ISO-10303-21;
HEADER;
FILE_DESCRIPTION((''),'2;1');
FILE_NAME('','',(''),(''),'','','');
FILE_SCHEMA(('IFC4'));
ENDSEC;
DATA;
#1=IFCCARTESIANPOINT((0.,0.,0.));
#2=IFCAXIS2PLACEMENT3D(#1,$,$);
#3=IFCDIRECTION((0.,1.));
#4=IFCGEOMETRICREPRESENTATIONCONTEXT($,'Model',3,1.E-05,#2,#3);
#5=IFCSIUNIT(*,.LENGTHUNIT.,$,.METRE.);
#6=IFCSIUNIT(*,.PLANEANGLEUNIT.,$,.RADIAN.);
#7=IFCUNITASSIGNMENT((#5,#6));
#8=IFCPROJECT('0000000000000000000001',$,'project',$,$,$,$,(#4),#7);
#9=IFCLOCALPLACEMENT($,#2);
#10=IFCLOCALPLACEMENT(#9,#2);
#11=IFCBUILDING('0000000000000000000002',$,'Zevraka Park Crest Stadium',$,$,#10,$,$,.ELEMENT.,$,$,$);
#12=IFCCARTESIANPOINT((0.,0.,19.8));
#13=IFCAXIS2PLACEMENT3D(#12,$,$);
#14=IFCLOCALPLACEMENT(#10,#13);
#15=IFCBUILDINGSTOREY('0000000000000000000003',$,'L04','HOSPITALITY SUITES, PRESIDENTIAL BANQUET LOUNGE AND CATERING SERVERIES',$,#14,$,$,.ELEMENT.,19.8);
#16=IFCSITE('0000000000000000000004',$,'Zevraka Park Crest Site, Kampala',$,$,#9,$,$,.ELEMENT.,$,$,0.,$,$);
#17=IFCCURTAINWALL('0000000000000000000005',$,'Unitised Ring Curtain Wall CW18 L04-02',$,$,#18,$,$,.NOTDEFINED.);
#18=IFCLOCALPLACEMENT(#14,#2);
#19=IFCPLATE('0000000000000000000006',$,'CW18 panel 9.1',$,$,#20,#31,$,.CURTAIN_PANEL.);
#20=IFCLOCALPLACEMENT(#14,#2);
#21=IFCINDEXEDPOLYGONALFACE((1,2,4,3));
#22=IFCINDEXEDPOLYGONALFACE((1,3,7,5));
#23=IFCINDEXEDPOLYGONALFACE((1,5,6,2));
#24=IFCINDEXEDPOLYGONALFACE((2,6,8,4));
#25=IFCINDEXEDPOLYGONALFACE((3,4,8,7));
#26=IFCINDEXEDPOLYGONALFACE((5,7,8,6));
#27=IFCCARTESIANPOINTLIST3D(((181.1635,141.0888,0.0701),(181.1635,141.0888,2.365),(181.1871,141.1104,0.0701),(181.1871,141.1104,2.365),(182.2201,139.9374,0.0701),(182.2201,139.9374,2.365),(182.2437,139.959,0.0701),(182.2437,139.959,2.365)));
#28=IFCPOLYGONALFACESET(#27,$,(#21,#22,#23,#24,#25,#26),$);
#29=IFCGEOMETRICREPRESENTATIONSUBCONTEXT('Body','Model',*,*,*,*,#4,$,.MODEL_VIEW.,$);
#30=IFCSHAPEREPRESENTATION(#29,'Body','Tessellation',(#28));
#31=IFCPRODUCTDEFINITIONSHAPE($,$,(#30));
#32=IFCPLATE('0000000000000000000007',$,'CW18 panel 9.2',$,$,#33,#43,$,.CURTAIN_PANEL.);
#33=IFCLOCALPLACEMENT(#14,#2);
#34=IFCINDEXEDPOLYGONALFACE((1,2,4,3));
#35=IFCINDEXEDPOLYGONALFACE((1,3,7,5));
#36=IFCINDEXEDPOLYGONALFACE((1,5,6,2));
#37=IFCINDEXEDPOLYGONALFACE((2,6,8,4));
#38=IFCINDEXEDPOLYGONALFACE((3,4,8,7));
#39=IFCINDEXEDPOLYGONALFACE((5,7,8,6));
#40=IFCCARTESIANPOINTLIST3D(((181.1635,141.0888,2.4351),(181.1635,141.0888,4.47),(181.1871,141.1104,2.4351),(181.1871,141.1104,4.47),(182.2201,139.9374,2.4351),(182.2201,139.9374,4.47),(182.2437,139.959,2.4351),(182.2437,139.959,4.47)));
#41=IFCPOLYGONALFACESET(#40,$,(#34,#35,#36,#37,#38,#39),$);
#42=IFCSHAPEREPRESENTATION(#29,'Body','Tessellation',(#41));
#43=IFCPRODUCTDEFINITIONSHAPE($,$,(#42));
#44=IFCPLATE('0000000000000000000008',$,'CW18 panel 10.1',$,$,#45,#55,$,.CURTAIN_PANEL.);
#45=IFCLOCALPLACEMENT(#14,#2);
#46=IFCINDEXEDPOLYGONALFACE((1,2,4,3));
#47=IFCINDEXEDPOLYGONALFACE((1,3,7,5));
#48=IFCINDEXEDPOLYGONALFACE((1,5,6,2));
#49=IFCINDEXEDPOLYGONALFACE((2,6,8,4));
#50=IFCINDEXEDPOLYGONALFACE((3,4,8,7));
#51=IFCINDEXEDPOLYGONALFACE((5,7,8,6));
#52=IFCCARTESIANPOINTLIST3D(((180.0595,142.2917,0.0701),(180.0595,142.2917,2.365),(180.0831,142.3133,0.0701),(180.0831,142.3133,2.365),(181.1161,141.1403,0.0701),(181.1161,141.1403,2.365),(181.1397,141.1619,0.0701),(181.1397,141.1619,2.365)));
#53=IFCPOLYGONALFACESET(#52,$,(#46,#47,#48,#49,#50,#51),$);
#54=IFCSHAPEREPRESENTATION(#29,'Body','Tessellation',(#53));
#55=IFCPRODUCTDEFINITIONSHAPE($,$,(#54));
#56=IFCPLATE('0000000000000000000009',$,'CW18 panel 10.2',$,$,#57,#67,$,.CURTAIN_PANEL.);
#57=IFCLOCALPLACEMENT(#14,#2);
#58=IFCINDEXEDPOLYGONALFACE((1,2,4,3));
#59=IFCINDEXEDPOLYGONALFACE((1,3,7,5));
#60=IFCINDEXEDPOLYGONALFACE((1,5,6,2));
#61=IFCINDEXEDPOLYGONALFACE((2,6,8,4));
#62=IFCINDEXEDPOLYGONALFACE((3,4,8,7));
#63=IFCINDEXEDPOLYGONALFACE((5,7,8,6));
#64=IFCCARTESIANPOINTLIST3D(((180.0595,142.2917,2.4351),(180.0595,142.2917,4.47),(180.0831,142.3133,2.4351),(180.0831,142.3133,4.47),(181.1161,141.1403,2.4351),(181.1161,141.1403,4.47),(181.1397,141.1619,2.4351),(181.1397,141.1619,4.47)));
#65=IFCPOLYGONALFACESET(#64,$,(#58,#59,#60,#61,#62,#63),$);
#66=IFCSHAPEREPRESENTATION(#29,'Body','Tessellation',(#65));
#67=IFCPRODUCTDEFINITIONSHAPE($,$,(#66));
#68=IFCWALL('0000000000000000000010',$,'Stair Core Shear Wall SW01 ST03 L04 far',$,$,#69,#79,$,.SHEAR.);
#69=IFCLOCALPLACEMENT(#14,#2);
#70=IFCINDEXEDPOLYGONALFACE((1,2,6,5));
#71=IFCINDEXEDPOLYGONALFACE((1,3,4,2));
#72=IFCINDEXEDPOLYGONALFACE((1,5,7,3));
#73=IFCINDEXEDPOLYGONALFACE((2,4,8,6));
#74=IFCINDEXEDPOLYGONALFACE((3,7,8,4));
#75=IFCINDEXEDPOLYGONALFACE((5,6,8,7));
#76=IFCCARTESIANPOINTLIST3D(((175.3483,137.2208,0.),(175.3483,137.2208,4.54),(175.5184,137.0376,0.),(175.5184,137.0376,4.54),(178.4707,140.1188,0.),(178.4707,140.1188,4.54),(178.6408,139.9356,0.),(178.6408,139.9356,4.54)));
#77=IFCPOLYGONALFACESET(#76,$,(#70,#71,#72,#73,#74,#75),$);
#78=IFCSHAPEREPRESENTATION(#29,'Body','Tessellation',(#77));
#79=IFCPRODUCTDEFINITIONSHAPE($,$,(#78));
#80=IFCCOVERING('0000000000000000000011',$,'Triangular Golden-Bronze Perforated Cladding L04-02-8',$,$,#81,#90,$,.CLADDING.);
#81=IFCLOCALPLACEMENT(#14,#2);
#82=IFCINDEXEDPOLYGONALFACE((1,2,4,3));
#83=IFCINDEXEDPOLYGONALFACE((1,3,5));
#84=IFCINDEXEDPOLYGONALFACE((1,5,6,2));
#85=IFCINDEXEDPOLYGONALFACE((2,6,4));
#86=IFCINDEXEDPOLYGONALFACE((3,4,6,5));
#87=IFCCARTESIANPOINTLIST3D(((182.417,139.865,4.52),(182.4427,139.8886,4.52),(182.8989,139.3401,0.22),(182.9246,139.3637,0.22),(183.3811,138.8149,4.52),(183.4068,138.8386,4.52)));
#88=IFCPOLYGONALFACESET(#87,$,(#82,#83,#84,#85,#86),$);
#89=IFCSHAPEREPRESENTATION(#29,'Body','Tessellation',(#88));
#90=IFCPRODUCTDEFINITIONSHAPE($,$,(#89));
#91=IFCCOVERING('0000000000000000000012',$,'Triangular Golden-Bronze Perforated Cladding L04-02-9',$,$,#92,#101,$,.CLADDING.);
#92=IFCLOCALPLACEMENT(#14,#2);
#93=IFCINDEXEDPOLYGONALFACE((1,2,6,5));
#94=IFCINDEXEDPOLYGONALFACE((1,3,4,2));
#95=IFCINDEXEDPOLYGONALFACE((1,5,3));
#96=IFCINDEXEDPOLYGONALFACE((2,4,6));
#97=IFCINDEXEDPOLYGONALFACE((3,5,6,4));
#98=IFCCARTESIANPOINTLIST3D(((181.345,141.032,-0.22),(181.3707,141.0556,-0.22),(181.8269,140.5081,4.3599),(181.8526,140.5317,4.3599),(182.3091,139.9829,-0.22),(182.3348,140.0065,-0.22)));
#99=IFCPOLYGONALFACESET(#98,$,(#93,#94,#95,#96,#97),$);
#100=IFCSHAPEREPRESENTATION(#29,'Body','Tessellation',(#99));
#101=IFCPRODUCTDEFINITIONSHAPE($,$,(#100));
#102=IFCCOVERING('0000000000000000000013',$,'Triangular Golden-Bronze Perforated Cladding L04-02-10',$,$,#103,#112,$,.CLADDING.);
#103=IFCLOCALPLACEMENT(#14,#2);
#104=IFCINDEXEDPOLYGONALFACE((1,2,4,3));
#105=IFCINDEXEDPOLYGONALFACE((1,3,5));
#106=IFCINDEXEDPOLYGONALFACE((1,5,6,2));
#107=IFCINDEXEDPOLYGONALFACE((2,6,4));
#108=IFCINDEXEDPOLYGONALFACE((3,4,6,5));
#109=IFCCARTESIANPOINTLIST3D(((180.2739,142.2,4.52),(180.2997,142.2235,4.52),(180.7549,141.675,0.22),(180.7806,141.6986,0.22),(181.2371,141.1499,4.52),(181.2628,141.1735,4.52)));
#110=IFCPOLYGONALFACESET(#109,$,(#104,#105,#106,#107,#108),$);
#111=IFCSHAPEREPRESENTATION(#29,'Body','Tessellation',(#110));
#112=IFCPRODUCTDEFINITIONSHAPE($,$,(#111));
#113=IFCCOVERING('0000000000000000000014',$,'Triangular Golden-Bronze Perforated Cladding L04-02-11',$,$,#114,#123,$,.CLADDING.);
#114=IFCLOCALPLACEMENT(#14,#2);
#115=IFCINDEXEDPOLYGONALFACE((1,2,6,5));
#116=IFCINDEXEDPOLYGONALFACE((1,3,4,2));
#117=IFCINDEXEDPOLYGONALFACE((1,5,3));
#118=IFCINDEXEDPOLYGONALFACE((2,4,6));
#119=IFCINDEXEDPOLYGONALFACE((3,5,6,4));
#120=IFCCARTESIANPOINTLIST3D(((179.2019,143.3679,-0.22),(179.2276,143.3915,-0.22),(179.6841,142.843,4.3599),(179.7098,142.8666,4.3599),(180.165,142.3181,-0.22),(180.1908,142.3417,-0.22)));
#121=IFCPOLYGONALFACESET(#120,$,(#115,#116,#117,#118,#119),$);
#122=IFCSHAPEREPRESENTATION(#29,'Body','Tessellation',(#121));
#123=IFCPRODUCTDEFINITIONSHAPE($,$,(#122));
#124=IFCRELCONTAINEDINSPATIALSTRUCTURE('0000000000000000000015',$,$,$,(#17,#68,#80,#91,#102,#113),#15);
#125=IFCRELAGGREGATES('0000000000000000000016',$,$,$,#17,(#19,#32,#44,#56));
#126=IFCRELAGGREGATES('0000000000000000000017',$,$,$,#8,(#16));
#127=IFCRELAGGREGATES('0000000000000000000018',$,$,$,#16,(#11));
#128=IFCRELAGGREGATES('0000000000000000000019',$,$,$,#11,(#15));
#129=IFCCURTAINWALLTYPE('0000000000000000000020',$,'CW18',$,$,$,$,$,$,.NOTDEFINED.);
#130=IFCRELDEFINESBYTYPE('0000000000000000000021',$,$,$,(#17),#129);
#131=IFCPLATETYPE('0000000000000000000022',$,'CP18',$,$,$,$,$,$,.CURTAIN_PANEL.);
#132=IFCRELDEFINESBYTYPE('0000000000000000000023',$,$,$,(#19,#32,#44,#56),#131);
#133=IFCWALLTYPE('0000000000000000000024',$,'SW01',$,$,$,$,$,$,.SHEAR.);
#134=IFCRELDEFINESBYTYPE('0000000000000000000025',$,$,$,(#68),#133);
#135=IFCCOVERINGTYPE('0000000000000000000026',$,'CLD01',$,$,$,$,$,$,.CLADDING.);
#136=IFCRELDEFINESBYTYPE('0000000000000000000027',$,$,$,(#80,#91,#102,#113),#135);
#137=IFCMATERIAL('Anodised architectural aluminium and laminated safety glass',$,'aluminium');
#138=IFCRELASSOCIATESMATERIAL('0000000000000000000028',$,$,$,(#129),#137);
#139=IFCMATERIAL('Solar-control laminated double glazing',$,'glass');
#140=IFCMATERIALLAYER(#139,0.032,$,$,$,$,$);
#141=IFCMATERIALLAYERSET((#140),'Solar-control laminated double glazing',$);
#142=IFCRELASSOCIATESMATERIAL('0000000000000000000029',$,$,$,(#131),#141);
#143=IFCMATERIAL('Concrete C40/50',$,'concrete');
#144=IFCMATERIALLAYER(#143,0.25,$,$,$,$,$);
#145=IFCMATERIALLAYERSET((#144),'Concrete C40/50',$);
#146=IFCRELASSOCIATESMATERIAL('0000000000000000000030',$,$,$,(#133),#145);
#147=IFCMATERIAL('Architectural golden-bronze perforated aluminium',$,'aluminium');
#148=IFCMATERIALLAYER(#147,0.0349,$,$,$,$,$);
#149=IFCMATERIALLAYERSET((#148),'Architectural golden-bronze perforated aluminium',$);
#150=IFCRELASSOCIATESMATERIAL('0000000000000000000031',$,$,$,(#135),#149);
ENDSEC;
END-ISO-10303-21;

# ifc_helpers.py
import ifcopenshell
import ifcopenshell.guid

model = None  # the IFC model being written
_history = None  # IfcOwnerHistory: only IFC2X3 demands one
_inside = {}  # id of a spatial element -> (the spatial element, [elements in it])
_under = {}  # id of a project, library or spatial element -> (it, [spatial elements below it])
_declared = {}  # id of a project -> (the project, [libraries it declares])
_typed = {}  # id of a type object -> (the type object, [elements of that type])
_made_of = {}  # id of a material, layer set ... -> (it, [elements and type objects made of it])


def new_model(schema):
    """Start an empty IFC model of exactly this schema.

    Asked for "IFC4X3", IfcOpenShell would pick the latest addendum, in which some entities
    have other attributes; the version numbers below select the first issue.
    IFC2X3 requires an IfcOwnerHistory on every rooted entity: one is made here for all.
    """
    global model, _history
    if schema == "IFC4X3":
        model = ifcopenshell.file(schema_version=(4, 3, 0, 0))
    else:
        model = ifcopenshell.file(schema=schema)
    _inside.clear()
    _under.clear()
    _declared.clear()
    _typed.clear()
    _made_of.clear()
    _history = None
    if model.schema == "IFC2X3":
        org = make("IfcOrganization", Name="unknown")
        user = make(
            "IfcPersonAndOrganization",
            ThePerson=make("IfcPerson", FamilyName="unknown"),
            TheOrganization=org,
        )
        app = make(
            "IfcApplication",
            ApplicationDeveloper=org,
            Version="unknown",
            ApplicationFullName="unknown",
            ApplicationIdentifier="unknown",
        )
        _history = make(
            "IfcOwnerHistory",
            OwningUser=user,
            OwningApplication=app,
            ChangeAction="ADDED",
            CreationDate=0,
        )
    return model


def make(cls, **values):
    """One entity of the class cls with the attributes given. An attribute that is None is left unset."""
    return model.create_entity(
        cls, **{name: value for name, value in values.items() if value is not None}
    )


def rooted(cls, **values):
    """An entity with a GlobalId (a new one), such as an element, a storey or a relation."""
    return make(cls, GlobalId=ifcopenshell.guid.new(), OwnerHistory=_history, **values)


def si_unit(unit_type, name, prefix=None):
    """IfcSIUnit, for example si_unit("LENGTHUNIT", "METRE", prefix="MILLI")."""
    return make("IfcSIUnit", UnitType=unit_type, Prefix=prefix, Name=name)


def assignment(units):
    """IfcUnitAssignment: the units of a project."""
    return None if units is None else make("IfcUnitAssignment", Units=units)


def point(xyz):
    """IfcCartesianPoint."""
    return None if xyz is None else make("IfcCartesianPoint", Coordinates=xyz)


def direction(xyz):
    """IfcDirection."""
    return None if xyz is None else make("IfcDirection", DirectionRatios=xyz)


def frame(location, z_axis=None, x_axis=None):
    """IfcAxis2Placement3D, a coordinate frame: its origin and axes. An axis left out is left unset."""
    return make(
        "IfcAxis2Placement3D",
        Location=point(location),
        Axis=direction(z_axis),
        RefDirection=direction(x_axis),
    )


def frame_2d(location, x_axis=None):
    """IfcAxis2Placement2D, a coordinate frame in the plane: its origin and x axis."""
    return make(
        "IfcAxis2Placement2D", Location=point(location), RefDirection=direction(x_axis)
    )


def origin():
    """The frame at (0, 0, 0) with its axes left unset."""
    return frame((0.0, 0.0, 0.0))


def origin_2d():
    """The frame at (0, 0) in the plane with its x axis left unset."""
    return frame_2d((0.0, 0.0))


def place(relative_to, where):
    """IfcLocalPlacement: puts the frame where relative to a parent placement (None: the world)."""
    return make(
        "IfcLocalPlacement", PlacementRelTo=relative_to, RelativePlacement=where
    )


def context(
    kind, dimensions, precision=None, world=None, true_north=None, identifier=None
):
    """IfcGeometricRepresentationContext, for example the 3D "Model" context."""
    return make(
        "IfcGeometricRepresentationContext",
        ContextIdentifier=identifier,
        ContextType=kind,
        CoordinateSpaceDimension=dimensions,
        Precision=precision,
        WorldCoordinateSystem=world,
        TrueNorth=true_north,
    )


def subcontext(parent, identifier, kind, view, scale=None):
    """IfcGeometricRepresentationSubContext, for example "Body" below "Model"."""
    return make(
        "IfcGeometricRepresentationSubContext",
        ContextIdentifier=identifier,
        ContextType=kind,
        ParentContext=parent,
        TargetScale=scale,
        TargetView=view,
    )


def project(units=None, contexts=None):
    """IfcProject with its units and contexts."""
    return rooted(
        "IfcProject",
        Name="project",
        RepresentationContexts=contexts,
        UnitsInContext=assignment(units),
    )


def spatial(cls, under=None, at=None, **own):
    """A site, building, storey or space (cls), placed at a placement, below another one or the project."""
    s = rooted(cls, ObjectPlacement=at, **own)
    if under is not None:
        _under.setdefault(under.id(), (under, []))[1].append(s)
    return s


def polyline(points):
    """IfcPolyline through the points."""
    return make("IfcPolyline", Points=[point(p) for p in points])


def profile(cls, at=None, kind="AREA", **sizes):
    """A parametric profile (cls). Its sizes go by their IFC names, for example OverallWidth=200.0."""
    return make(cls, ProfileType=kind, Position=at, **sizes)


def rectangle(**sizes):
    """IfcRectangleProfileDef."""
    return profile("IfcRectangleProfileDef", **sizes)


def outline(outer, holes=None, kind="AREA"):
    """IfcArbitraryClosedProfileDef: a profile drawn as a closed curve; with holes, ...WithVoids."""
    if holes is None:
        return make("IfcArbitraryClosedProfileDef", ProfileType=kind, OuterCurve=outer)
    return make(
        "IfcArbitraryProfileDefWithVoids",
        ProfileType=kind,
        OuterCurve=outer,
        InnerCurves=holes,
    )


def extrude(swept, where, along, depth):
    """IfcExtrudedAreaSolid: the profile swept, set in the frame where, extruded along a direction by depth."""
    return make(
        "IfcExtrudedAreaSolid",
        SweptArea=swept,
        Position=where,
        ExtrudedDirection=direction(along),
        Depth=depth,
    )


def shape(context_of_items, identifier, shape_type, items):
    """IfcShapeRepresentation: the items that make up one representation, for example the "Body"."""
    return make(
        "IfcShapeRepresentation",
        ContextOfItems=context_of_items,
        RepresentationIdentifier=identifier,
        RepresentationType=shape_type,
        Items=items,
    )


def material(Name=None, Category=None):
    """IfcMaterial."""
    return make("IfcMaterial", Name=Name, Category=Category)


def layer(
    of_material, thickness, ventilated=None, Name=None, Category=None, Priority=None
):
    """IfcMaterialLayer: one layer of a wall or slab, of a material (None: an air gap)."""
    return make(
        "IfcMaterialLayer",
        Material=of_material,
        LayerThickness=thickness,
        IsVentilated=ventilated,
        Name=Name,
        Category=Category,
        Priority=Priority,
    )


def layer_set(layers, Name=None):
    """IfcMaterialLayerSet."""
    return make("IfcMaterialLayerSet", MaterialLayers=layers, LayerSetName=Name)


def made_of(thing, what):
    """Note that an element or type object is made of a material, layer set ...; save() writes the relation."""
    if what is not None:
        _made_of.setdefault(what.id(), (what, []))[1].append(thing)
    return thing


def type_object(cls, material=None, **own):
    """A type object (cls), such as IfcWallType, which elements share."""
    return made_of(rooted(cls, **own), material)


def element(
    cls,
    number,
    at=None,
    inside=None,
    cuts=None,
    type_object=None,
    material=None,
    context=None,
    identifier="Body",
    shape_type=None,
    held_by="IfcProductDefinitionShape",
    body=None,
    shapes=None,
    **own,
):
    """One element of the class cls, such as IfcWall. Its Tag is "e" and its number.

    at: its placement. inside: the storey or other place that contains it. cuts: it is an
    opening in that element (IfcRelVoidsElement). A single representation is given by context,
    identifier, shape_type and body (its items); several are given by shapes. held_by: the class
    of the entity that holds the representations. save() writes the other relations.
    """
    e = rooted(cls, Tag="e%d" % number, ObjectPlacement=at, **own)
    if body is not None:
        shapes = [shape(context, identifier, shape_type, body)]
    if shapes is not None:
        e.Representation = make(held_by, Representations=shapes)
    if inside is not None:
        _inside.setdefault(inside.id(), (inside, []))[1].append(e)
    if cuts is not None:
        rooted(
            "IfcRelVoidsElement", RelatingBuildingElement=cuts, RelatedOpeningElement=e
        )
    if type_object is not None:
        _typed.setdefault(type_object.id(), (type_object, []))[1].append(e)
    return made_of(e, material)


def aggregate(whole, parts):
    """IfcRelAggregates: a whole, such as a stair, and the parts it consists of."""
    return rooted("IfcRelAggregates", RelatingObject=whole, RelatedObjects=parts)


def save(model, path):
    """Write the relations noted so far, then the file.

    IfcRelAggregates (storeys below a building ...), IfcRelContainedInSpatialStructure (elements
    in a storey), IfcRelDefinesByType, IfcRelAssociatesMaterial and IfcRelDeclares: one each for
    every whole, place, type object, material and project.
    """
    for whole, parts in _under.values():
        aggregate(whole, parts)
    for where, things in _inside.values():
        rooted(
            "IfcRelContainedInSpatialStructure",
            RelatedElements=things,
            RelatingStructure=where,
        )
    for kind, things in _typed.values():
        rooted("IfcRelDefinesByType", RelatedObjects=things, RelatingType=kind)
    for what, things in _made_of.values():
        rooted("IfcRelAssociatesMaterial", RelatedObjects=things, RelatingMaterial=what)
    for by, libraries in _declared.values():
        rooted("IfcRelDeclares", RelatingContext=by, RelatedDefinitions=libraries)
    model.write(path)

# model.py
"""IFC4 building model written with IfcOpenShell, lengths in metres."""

from ifc_helpers import new_model, si_unit, direction, frame, frame_2d, origin, origin_2d, place, context, subcontext, project, spatial, polyline, rectangle, outline, extrude, material, layer, layer_set, type_object, element, aggregate, save


model = new_model("IFC4")

# Units and contexts
model_context = context("Model", 3, precision=1e-05, world=origin(), true_north=direction((0.0, 1.0)))
body_context = subcontext(model_context, "Body", "Model", "MODEL_VIEW")
ifc_project = project(units=[si_unit("LENGTHUNIT", "METRE"), si_unit("PLANEANGLEUNIT", "RADIAN")], contexts=[model_context])

# Site, building, storey
site_placement = place(None, origin())
site = spatial("IfcSite", under=ifc_project, at=site_placement, Name="Zevraka Park Crest Site, Kampala", CompositionType="ELEMENT", RefElevation=0.0)
building_placement = place(site_placement, origin())
building = spatial("IfcBuilding", under=site, at=building_placement, Name="Zevraka Park Crest Stadium", CompositionType="ELEMENT")
storey_placement = place(building_placement, frame((0.0, 0.0, 19.8)))
storey = spatial("IfcBuildingStorey", under=building, at=storey_placement, Name="L04", Description="HOSPITALITY SUITES, PRESIDENTIAL BANQUET LOUNGE AND CATERING SERVERIES", CompositionType="ELEMENT", Elevation=19.8)

# Curtain wall, plates
ifc_material_1 = material(Name="Anodised architectural aluminium and laminated safety glass", Category="aluminium")
curtain_wall_type = type_object("IfcCurtainWallType", Name="CW18", PredefinedType="NOTDEFINED", material=ifc_material_1)
curtain_wall_placement = place(storey_placement, origin())
curtain_wall = element("IfcCurtainWall", 1, at=curtain_wall_placement, inside=storey, type_object=curtain_wall_type, Name="Unitised Ring Curtain Wall CW18 L04-02", PredefinedType="NOTDEFINED")
ifc_material_2 = material(Name="Solar-control laminated double glazing", Category="glass")
ifc_layer_1 = layer(ifc_material_2, 0.032)
ifc_layer_set_1 = layer_set([ifc_layer_1], Name="Solar-control laminated double glazing")
plate_type = type_object("IfcPlateType", Name="CP18", PredefinedType="CURTAIN_PANEL", material=ifc_layer_set_1)
plate_1_placement = place(storey_placement, frame((181.7036, 140.5239, 0.0701), z_axis=(0.0, 0.0, 1.0), x_axis=(-0.676138, 0.736775, 0.0)))
plate_1 = element("IfcPlate", 2, at=plate_1_placement, type_object=plate_type, Name="CW18 panel 9.1", PredefinedType="CURTAIN_PANEL", context=body_context, shape_type="SweptSolid", body=[
    extrude(rectangle(XDim=1.5627, YDim=0.032, at=origin_2d()), origin(), (0.0, 0.0, 1.0), 2.2949),
])
plate_2_placement = place(storey_placement, frame((181.7036, 140.5239, 2.4351), z_axis=(0.0, 0.0, 1.0), x_axis=(-0.676138, 0.736775, 0.0)))
plate_2 = element("IfcPlate", 3, at=plate_2_placement, type_object=plate_type, Name="CW18 panel 9.2", PredefinedType="CURTAIN_PANEL", context=body_context, shape_type="SweptSolid", body=[
    extrude(rectangle(XDim=1.5627, YDim=0.032, at=origin_2d()), origin(), (0.0, 0.0, 1.0), 2.0349),
])
plate_3_placement = place(storey_placement, frame((180.5996, 141.7268, 0.0701), z_axis=(0.0, 0.0, 1.0), x_axis=(-0.676138, 0.736775, 0.0)))
plate_3 = element("IfcPlate", 4, at=plate_3_placement, type_object=plate_type, Name="CW18 panel 10.1", PredefinedType="CURTAIN_PANEL", context=body_context, shape_type="SweptSolid", body=[
    extrude(rectangle(XDim=1.5627, YDim=0.032, at=origin_2d()), origin(), (0.0, 0.0, 1.0), 2.2949),
])
plate_4_placement = place(storey_placement, frame((180.5996, 141.7268, 2.4351), z_axis=(0.0, 0.0, 1.0), x_axis=(-0.676138, 0.736775, 0.0)))
plate_4 = element("IfcPlate", 5, at=plate_4_placement, type_object=plate_type, Name="CW18 panel 10.2", PredefinedType="CURTAIN_PANEL", context=body_context, shape_type="SweptSolid", body=[
    extrude(rectangle(XDim=1.5627, YDim=0.032, at=origin_2d()), origin(), (0.0, 0.0, 1.0), 2.0349),
])
aggregate(curtain_wall, [plate_1, plate_2, plate_3, plate_4])

# Wall
ifc_material_3 = material(Name="Concrete C40/50", Category="concrete")
ifc_layer_2 = layer(ifc_material_3, 0.25)
ifc_layer_set_2 = layer_set([ifc_layer_2], Name="Concrete C40/50")
wall_type = type_object("IfcWallType", Name="SW01", PredefinedType="SHEAR", material=ifc_layer_set_2)
wall_placement = place(storey_placement, frame((178.5557, 140.0271, 0.0), z_axis=(0.0, 0.0, 1.0), x_axis=(-0.732951, -0.680282, 0.0)))
element("IfcWall", 6, at=wall_placement, inside=storey, type_object=wall_type, Name="Stair Core Shear Wall SW01 ST03 L04 far", PredefinedType="SHEAR", context=body_context, shape_type="SweptSolid", body=[
    extrude(rectangle(XDim=4.26, YDim=0.25, at=frame_2d((2.1299, 0.0))), origin(), (0.0, 0.0, 1.0), 4.54),
])

# Coverings
ifc_material_4 = material(Name="Architectural golden-bronze perforated aluminium", Category="aluminium")
ifc_layer_3 = layer(ifc_material_4, 0.0349)
ifc_layer_set_3 = layer_set([ifc_layer_3], Name="Architectural golden-bronze perforated aluminium")
covering_type = type_object("IfcCoveringType", Name="CLD01", PredefinedType="CLADDING", material=ifc_layer_set_3)
covering_1_placement = place(storey_placement, frame((182.417, 139.865, 4.52), z_axis=(-0.736606, -0.676322, 0.000002), x_axis=(0.676322, -0.736606, 0.0)))
element("IfcCovering", 7, at=covering_1_placement, inside=storey, type_object=covering_type, Name="Triangular Golden-Bronze Perforated Cladding L04-02-8", PredefinedType="CLADDING", context=body_context, shape_type="SweptSolid", body=[
    extrude(outline(polyline([(0.0, 0.0), (1.4255, 0.0), (0.7126, -4.3), (0.0, 0.0)])), origin(), (0.0, 0.0, -1.0), 0.0349),
])
covering_2_placement = place(storey_placement, frame((182.3091, 139.9829, -0.22), z_axis=(-0.736293, -0.676663, 0.000071), x_axis=(-0.676663, 0.736293, 0.0)))
element("IfcCovering", 8, at=covering_2_placement, inside=storey, type_object=covering_type, Name="Triangular Golden-Bronze Perforated Cladding L04-02-9", PredefinedType="CLADDING", context=body_context, shape_type="SweptSolid", body=[
    extrude(outline(polyline([(0.0, 0.0), (1.4248, 0.0), (0.7129, -4.5798), (0.0, 0.0)])), origin(), (0.0, 0.0, -1.0), 0.0349),
])
covering_3_placement = place(storey_placement, frame((180.2739, 142.2, 4.52), z_axis=(-0.736948, -0.67595, 0.000085), x_axis=(0.67595, -0.736948, 0.0)))
element("IfcCovering", 9, at=covering_3_placement, inside=storey, type_object=covering_type, Name="Triangular Golden-Bronze Perforated Cladding L04-02-10", PredefinedType="CLADDING", context=body_context, shape_type="SweptSolid", body=[
    extrude(outline(polyline([(0.0, 0.0), (1.4249, 0.0), (0.7119, -4.3), (0.0, 0.0)])), origin(), (0.0, 0.0, -1.0), 0.0349),
])
covering_4_placement = place(storey_placement, frame((180.165, 142.3181, -0.22), z_axis=(-0.73687, -0.676035, 0.000098), x_axis=(-0.676035, 0.73687, 0.0)))
element("IfcCovering", 10, at=covering_4_placement, inside=storey, type_object=covering_type, Name="Triangular Golden-Bronze Perforated Cladding L04-02-11", PredefinedType="CLADDING", context=body_context, shape_type="SweptSolid", body=[
    extrude(outline(polyline([(0.0, 0.0), (1.4247, 0.0), (0.7119, -4.5798), (0.0, 0.0)])), origin(), (0.0, 0.0, -1.0), 0.0349),
])

save(model, "model.ifc")
